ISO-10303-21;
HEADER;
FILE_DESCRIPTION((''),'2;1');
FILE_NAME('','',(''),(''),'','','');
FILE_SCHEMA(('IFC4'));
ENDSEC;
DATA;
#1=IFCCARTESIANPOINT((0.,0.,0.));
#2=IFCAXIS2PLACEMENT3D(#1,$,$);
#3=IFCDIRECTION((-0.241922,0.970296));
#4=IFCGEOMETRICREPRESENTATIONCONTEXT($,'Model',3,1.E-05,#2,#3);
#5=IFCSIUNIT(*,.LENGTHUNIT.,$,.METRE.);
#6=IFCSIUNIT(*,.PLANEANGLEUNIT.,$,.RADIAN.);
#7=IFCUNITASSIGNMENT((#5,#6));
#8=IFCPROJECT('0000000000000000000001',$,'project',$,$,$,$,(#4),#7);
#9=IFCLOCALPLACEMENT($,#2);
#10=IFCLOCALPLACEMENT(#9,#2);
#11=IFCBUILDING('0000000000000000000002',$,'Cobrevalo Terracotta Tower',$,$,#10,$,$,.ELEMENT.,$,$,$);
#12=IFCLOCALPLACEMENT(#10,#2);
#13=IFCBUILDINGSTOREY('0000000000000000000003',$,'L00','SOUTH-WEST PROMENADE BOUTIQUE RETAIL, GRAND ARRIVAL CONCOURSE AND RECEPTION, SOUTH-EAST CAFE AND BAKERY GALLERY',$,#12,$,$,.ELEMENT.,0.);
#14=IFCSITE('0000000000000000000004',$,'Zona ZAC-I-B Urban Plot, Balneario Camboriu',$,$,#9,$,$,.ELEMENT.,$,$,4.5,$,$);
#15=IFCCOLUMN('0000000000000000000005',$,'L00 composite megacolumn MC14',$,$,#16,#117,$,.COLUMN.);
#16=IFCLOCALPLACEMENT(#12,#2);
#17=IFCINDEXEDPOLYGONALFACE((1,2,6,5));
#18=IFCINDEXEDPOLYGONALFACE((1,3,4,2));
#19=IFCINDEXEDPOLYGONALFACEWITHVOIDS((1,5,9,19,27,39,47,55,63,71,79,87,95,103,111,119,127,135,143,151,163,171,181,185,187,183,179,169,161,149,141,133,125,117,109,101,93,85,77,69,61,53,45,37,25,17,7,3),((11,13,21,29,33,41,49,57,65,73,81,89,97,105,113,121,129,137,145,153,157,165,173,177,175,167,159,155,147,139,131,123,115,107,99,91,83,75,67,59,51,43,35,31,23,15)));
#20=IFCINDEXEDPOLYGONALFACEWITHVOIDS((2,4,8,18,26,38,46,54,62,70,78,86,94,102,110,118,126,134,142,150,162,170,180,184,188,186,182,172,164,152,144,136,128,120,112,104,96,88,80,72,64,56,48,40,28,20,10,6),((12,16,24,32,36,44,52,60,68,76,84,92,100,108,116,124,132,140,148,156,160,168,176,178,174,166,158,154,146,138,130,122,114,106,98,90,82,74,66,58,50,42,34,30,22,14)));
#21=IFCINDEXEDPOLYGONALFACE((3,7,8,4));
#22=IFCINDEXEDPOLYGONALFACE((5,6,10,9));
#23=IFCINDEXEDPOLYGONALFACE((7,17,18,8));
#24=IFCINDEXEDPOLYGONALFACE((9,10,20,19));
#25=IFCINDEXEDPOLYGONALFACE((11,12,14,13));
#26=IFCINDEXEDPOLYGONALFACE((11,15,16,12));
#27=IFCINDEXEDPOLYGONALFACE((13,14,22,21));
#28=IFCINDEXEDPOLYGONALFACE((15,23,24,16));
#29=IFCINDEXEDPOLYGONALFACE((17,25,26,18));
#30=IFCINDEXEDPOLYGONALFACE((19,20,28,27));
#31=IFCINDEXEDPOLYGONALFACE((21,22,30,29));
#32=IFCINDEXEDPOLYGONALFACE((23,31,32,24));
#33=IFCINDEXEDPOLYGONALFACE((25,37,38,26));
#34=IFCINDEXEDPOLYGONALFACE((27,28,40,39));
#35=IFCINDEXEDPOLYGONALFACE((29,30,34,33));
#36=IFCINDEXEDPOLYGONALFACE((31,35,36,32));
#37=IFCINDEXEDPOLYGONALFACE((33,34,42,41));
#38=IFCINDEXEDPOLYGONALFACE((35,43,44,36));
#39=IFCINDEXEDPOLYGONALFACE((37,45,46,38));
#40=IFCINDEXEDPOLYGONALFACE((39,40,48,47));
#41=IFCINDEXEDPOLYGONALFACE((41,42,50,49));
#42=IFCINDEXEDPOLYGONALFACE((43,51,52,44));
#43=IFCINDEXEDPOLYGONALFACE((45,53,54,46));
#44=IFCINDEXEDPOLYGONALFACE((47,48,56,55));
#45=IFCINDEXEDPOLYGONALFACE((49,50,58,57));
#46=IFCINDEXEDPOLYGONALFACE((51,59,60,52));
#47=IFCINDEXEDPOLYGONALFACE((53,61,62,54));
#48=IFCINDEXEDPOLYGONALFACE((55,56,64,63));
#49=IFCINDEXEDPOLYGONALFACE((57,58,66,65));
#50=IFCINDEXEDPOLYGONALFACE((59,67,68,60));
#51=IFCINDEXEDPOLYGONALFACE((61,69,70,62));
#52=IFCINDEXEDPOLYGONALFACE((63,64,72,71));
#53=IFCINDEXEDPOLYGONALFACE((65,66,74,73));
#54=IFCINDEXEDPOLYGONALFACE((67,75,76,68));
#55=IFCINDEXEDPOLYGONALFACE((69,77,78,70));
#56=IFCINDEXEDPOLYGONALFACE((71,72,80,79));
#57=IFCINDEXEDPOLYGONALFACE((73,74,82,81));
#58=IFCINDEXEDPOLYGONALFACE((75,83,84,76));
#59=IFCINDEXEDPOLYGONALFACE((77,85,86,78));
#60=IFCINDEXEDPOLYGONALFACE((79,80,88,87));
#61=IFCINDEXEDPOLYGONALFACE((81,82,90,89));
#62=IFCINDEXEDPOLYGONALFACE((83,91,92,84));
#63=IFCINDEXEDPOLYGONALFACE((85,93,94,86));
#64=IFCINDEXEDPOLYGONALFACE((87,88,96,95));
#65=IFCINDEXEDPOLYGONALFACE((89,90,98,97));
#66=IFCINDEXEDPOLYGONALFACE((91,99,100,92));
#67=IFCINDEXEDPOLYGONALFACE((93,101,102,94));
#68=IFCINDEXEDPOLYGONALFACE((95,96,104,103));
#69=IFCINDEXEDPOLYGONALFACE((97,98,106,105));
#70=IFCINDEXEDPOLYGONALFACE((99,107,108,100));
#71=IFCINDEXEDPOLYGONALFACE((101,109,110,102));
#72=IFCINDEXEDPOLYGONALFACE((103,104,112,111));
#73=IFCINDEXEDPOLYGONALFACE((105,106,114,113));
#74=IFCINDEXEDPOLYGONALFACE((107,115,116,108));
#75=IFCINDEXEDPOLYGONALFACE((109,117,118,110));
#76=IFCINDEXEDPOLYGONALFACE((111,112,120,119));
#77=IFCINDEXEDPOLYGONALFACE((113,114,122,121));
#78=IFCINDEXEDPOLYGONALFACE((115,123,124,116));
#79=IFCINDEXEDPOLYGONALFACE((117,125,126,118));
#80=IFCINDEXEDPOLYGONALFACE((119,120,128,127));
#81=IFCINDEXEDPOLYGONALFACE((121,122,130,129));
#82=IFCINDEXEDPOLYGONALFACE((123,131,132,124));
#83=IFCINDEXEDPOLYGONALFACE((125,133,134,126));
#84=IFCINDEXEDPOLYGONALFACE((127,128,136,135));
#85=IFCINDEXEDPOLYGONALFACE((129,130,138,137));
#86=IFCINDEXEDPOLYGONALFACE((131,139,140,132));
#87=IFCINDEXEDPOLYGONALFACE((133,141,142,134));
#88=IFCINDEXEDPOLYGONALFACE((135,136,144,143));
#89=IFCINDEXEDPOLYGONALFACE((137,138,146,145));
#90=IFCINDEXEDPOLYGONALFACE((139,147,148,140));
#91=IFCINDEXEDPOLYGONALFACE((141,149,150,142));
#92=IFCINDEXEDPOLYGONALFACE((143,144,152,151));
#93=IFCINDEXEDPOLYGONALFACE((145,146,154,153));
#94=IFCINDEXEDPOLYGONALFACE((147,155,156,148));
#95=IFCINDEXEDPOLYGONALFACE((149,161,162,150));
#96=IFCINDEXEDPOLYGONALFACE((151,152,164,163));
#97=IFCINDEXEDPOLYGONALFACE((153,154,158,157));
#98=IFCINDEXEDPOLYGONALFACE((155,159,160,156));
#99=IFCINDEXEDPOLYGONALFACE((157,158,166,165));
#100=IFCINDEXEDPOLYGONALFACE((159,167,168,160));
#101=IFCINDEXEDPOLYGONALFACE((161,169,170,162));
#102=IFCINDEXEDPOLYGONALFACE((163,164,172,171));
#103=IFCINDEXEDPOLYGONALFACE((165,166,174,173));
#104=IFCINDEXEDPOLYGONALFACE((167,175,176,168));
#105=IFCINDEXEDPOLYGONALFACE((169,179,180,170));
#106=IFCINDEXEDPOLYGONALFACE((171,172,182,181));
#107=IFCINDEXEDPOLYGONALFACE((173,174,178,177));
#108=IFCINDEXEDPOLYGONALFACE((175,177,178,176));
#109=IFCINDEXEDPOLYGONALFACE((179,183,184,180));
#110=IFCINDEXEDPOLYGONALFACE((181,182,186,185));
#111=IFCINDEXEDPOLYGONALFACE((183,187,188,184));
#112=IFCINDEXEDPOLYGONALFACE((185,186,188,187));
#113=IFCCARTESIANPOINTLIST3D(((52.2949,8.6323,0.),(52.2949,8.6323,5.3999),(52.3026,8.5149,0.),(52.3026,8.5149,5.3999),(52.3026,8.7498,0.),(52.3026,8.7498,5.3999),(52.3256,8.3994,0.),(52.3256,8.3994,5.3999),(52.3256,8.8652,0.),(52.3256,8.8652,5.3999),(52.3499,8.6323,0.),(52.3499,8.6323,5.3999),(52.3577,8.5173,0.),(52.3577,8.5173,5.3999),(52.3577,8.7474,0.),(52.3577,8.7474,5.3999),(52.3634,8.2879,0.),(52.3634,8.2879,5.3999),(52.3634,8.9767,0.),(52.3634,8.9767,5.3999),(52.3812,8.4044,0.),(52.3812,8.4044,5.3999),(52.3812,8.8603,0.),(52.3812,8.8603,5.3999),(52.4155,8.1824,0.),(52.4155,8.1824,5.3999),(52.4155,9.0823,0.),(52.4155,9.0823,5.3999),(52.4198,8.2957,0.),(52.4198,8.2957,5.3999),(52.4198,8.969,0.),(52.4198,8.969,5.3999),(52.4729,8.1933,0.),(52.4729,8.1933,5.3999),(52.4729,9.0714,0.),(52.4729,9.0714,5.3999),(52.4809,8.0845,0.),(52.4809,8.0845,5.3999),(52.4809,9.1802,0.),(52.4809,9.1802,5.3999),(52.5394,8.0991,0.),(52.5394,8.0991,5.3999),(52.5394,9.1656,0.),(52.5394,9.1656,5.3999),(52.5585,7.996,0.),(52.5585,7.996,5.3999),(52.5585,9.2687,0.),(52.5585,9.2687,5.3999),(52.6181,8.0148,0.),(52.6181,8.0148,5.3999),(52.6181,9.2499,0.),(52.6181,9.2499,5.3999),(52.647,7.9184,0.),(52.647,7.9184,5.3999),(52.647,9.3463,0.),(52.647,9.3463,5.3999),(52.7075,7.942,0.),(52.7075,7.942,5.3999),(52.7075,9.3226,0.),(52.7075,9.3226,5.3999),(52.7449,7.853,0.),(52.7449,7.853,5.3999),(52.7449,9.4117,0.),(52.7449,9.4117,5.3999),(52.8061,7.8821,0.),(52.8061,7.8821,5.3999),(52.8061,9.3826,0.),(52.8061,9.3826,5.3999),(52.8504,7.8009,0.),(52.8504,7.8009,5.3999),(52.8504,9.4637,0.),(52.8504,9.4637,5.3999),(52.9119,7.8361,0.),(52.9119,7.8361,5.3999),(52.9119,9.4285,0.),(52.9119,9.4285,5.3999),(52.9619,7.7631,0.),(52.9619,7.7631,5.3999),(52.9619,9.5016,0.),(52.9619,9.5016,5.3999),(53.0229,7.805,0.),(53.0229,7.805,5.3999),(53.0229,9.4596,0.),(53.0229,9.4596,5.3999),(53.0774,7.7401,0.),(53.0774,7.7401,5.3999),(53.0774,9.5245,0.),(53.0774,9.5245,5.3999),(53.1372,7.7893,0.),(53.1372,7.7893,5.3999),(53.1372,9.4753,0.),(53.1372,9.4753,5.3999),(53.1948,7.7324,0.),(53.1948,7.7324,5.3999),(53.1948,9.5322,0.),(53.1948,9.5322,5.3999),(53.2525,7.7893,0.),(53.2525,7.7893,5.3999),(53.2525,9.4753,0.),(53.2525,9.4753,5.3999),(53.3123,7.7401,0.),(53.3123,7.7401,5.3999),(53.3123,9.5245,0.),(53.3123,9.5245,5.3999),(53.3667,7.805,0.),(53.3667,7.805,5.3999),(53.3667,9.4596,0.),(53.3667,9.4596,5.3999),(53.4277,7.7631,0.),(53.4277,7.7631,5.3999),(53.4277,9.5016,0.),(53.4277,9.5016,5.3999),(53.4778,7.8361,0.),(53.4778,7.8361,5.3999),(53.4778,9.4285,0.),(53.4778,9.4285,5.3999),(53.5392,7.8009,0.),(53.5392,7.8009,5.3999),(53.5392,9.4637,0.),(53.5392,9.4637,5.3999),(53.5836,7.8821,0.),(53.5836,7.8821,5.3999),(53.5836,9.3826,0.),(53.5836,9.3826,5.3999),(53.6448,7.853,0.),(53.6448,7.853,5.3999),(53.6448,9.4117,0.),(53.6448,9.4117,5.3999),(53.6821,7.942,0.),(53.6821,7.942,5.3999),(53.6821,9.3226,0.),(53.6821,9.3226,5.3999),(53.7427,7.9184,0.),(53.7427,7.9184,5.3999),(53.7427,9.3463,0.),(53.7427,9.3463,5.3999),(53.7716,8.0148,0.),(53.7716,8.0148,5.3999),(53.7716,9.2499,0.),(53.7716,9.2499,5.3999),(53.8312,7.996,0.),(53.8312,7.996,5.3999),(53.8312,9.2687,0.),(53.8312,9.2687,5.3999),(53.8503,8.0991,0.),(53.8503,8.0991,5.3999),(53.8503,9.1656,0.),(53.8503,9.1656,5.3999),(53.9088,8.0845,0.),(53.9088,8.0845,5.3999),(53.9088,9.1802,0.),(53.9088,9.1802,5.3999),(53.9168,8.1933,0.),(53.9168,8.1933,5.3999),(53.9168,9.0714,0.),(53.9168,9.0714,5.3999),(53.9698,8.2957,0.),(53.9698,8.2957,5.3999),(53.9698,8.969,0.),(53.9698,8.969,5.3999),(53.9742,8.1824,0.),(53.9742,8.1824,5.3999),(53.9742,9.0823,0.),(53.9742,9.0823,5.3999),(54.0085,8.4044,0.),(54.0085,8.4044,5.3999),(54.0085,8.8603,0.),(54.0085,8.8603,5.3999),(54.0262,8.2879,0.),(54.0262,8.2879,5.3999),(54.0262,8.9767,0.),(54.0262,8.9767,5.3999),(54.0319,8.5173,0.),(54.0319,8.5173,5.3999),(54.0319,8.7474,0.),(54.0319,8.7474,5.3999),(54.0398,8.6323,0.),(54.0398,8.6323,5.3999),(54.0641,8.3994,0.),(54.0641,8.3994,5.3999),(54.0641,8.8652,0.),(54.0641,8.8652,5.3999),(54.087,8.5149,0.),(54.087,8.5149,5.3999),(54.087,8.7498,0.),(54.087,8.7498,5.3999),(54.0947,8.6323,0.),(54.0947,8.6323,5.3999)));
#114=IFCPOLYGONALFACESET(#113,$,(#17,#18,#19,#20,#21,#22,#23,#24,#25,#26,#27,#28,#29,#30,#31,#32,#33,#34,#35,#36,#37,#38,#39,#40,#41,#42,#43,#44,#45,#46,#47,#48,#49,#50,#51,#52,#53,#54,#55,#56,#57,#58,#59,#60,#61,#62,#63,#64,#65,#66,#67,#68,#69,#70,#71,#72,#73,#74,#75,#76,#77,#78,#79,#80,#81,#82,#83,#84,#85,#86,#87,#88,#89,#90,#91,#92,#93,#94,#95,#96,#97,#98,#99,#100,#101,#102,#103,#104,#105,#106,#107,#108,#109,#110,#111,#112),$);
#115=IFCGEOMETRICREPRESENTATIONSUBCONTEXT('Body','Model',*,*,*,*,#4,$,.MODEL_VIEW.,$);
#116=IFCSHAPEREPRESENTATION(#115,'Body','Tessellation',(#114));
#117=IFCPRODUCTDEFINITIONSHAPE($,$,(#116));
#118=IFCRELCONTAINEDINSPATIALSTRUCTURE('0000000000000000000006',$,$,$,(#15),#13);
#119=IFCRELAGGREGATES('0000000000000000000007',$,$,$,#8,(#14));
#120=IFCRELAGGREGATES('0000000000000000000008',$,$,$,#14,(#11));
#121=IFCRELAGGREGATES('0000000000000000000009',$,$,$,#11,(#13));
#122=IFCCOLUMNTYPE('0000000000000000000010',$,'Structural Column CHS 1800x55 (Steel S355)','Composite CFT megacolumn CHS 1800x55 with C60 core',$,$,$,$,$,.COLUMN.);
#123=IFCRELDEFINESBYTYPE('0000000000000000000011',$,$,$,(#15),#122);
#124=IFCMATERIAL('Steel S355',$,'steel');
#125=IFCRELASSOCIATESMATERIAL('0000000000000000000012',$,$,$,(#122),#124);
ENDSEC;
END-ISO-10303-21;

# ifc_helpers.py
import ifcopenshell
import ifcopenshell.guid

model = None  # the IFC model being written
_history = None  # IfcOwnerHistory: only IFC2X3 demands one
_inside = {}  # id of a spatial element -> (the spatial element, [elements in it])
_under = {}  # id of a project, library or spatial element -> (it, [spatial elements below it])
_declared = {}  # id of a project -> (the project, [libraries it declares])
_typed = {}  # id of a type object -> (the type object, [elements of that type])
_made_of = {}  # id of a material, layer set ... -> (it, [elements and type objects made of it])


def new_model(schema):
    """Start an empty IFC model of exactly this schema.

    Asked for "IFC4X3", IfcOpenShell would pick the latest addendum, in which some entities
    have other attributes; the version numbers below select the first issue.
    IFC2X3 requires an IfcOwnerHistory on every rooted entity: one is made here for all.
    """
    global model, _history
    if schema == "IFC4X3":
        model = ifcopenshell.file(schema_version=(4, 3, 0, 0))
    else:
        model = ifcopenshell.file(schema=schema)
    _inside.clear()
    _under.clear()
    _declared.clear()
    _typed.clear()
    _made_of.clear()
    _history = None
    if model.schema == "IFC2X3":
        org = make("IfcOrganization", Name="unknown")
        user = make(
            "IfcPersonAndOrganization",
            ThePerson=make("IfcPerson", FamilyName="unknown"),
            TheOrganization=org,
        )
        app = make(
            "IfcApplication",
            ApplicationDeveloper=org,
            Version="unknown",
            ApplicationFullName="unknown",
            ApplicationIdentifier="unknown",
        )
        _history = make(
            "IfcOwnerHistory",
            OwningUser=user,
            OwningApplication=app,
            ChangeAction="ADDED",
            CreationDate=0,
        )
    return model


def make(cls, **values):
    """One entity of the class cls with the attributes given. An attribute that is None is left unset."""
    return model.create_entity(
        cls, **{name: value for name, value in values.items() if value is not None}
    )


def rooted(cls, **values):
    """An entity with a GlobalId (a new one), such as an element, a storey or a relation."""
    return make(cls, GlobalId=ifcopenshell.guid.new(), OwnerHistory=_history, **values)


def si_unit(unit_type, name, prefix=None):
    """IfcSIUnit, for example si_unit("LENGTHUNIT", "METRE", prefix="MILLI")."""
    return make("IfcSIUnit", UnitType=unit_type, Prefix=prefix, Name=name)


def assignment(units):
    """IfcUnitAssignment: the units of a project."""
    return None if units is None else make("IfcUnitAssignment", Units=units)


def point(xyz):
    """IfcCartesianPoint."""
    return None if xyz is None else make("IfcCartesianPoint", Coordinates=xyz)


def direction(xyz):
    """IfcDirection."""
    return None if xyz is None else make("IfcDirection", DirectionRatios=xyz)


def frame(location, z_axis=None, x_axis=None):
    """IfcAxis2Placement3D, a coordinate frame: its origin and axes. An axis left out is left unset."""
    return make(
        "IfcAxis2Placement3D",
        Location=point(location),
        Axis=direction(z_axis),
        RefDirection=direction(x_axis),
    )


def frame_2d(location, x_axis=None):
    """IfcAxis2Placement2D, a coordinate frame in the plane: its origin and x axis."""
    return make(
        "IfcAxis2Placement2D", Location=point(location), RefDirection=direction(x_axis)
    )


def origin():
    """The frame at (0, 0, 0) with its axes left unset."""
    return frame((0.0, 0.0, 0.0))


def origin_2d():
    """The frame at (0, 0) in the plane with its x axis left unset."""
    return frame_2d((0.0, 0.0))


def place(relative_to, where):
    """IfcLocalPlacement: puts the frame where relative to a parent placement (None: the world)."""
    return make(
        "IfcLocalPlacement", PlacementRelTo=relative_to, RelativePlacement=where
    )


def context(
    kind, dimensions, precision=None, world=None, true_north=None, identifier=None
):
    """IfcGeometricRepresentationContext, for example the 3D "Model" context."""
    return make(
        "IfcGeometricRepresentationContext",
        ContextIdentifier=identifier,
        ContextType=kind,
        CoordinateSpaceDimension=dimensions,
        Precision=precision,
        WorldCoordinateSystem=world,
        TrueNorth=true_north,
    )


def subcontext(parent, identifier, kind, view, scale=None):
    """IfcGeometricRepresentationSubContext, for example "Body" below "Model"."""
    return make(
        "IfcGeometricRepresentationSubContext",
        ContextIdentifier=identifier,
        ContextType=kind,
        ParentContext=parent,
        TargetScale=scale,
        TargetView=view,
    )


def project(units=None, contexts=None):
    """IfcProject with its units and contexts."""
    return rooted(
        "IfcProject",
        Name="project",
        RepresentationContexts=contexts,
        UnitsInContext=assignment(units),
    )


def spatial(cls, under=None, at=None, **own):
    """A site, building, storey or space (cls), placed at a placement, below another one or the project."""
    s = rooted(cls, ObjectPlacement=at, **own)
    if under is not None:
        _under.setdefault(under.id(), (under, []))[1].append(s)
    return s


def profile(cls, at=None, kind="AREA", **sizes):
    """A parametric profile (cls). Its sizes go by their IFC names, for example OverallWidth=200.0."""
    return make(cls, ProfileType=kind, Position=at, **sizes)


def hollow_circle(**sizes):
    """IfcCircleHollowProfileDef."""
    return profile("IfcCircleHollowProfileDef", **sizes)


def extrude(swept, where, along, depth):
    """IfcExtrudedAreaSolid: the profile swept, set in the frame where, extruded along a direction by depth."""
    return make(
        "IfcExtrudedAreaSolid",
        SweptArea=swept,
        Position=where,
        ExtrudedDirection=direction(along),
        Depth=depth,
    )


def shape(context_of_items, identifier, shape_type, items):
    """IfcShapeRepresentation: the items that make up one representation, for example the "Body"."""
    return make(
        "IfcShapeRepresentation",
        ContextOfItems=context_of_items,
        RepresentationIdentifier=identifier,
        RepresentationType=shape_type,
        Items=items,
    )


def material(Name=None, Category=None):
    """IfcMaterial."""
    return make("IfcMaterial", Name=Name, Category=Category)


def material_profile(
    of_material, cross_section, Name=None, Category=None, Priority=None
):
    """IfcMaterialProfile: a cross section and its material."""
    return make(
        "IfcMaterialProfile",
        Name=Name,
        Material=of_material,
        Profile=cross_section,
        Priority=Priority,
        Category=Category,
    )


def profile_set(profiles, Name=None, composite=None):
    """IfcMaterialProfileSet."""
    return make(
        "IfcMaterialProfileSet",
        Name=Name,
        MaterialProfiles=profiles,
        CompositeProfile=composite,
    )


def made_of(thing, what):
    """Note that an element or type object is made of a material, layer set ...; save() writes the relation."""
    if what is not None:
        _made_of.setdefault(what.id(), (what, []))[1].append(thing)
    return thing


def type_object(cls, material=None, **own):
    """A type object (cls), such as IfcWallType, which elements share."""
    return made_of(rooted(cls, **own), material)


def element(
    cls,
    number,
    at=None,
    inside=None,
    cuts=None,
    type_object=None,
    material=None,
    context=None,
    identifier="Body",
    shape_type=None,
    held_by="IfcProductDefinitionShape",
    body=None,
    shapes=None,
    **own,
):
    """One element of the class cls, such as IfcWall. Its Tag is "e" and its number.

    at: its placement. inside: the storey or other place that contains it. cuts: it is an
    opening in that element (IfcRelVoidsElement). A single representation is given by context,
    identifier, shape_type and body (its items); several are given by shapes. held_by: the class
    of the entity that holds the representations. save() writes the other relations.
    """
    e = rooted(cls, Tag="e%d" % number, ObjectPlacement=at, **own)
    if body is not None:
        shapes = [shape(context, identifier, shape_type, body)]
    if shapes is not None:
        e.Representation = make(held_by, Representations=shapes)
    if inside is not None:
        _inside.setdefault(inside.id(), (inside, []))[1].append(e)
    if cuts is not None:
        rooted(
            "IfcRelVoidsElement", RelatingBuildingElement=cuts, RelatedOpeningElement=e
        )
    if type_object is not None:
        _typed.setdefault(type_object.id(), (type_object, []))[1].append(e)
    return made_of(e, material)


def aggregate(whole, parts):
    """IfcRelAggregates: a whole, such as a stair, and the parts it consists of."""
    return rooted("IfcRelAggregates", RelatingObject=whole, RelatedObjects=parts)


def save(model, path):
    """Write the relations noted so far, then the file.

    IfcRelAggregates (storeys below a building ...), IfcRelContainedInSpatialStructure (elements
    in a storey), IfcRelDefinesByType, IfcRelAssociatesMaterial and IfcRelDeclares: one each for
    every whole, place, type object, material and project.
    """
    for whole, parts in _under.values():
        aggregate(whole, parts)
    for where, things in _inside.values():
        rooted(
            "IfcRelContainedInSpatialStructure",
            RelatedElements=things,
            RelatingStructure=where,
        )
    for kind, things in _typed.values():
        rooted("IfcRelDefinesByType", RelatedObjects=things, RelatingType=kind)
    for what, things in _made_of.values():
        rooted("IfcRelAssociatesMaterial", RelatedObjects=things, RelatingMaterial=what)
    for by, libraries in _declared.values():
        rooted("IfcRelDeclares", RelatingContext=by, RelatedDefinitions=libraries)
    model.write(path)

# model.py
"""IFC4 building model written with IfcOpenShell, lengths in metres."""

from ifc_helpers import new_model, si_unit, direction, frame, origin, origin_2d, place, context, subcontext, project, spatial, hollow_circle, extrude, material, material_profile, profile_set, type_object, element, save


model = new_model("IFC4")

# Units and contexts
model_context = context("Model", 3, precision=1e-05, world=origin(), true_north=direction((-0.241922, 0.970296)))
body_context = subcontext(model_context, "Body", "Model", "MODEL_VIEW")
ifc_project = project(units=[si_unit("LENGTHUNIT", "METRE"), si_unit("PLANEANGLEUNIT", "RADIAN")], contexts=[model_context])

# Site, building, storey
site_placement = place(None, origin())
site = spatial("IfcSite", under=ifc_project, at=site_placement, Name="Zona ZAC-I-B Urban Plot, Balneario Camboriu", CompositionType="ELEMENT", RefElevation=4.5)
building_placement = place(site_placement, origin())
building = spatial("IfcBuilding", under=site, at=building_placement, Name="Cobrevalo Terracotta Tower", CompositionType="ELEMENT")
storey_placement = place(building_placement, origin())
storey = spatial("IfcBuildingStorey", under=building, at=storey_placement, Name="L00", Description="SOUTH-WEST PROMENADE BOUTIQUE RETAIL, GRAND ARRIVAL CONCOURSE AND RECEPTION, SOUTH-EAST CAFE AND BAKERY GALLERY", CompositionType="ELEMENT", Elevation=0.0)

# Column
ifc_material_1 = material(Name="Steel S355", Category="steel")
ifc_material_profile_1 = material_profile(ifc_material_1, hollow_circle(Radius=0.8999, WallThickness=0.0549, at=origin_2d()), Name="CHS 1800x55")
ifc_profile_set_1 = profile_set([ifc_material_profile_1], Name="Steel S355")
column_type_1 = type_object("IfcColumnType", Name="Structural Column CHS 1800x55 (Steel S355)", Description="Composite CFT megacolumn CHS 1800x55 with C60 core", PredefinedType="COLUMN", material=ifc_profile_set_1)
for number, where, z_axis, x_axis, name in (
    (1, (53.1948, 8.6323, 0.0), (0.0, 0.0, 1.0), (1.0, 0.0, 0.0), "L00 composite megacolumn MC14"),
):
    element("IfcColumn", number, at=place(storey_placement, frame(where, z_axis=z_axis, x_axis=x_axis)), inside=storey, type_object=column_type_1, Name=name, PredefinedType="COLUMN", context=body_context, shape_type="SweptSolid", body=[
        extrude(hollow_circle(Radius=0.8999, WallThickness=0.0549, at=origin_2d()), origin(), (0.0, 0.0, 1.0), 5.3999),
    ])

save(model, "model.ifc")
